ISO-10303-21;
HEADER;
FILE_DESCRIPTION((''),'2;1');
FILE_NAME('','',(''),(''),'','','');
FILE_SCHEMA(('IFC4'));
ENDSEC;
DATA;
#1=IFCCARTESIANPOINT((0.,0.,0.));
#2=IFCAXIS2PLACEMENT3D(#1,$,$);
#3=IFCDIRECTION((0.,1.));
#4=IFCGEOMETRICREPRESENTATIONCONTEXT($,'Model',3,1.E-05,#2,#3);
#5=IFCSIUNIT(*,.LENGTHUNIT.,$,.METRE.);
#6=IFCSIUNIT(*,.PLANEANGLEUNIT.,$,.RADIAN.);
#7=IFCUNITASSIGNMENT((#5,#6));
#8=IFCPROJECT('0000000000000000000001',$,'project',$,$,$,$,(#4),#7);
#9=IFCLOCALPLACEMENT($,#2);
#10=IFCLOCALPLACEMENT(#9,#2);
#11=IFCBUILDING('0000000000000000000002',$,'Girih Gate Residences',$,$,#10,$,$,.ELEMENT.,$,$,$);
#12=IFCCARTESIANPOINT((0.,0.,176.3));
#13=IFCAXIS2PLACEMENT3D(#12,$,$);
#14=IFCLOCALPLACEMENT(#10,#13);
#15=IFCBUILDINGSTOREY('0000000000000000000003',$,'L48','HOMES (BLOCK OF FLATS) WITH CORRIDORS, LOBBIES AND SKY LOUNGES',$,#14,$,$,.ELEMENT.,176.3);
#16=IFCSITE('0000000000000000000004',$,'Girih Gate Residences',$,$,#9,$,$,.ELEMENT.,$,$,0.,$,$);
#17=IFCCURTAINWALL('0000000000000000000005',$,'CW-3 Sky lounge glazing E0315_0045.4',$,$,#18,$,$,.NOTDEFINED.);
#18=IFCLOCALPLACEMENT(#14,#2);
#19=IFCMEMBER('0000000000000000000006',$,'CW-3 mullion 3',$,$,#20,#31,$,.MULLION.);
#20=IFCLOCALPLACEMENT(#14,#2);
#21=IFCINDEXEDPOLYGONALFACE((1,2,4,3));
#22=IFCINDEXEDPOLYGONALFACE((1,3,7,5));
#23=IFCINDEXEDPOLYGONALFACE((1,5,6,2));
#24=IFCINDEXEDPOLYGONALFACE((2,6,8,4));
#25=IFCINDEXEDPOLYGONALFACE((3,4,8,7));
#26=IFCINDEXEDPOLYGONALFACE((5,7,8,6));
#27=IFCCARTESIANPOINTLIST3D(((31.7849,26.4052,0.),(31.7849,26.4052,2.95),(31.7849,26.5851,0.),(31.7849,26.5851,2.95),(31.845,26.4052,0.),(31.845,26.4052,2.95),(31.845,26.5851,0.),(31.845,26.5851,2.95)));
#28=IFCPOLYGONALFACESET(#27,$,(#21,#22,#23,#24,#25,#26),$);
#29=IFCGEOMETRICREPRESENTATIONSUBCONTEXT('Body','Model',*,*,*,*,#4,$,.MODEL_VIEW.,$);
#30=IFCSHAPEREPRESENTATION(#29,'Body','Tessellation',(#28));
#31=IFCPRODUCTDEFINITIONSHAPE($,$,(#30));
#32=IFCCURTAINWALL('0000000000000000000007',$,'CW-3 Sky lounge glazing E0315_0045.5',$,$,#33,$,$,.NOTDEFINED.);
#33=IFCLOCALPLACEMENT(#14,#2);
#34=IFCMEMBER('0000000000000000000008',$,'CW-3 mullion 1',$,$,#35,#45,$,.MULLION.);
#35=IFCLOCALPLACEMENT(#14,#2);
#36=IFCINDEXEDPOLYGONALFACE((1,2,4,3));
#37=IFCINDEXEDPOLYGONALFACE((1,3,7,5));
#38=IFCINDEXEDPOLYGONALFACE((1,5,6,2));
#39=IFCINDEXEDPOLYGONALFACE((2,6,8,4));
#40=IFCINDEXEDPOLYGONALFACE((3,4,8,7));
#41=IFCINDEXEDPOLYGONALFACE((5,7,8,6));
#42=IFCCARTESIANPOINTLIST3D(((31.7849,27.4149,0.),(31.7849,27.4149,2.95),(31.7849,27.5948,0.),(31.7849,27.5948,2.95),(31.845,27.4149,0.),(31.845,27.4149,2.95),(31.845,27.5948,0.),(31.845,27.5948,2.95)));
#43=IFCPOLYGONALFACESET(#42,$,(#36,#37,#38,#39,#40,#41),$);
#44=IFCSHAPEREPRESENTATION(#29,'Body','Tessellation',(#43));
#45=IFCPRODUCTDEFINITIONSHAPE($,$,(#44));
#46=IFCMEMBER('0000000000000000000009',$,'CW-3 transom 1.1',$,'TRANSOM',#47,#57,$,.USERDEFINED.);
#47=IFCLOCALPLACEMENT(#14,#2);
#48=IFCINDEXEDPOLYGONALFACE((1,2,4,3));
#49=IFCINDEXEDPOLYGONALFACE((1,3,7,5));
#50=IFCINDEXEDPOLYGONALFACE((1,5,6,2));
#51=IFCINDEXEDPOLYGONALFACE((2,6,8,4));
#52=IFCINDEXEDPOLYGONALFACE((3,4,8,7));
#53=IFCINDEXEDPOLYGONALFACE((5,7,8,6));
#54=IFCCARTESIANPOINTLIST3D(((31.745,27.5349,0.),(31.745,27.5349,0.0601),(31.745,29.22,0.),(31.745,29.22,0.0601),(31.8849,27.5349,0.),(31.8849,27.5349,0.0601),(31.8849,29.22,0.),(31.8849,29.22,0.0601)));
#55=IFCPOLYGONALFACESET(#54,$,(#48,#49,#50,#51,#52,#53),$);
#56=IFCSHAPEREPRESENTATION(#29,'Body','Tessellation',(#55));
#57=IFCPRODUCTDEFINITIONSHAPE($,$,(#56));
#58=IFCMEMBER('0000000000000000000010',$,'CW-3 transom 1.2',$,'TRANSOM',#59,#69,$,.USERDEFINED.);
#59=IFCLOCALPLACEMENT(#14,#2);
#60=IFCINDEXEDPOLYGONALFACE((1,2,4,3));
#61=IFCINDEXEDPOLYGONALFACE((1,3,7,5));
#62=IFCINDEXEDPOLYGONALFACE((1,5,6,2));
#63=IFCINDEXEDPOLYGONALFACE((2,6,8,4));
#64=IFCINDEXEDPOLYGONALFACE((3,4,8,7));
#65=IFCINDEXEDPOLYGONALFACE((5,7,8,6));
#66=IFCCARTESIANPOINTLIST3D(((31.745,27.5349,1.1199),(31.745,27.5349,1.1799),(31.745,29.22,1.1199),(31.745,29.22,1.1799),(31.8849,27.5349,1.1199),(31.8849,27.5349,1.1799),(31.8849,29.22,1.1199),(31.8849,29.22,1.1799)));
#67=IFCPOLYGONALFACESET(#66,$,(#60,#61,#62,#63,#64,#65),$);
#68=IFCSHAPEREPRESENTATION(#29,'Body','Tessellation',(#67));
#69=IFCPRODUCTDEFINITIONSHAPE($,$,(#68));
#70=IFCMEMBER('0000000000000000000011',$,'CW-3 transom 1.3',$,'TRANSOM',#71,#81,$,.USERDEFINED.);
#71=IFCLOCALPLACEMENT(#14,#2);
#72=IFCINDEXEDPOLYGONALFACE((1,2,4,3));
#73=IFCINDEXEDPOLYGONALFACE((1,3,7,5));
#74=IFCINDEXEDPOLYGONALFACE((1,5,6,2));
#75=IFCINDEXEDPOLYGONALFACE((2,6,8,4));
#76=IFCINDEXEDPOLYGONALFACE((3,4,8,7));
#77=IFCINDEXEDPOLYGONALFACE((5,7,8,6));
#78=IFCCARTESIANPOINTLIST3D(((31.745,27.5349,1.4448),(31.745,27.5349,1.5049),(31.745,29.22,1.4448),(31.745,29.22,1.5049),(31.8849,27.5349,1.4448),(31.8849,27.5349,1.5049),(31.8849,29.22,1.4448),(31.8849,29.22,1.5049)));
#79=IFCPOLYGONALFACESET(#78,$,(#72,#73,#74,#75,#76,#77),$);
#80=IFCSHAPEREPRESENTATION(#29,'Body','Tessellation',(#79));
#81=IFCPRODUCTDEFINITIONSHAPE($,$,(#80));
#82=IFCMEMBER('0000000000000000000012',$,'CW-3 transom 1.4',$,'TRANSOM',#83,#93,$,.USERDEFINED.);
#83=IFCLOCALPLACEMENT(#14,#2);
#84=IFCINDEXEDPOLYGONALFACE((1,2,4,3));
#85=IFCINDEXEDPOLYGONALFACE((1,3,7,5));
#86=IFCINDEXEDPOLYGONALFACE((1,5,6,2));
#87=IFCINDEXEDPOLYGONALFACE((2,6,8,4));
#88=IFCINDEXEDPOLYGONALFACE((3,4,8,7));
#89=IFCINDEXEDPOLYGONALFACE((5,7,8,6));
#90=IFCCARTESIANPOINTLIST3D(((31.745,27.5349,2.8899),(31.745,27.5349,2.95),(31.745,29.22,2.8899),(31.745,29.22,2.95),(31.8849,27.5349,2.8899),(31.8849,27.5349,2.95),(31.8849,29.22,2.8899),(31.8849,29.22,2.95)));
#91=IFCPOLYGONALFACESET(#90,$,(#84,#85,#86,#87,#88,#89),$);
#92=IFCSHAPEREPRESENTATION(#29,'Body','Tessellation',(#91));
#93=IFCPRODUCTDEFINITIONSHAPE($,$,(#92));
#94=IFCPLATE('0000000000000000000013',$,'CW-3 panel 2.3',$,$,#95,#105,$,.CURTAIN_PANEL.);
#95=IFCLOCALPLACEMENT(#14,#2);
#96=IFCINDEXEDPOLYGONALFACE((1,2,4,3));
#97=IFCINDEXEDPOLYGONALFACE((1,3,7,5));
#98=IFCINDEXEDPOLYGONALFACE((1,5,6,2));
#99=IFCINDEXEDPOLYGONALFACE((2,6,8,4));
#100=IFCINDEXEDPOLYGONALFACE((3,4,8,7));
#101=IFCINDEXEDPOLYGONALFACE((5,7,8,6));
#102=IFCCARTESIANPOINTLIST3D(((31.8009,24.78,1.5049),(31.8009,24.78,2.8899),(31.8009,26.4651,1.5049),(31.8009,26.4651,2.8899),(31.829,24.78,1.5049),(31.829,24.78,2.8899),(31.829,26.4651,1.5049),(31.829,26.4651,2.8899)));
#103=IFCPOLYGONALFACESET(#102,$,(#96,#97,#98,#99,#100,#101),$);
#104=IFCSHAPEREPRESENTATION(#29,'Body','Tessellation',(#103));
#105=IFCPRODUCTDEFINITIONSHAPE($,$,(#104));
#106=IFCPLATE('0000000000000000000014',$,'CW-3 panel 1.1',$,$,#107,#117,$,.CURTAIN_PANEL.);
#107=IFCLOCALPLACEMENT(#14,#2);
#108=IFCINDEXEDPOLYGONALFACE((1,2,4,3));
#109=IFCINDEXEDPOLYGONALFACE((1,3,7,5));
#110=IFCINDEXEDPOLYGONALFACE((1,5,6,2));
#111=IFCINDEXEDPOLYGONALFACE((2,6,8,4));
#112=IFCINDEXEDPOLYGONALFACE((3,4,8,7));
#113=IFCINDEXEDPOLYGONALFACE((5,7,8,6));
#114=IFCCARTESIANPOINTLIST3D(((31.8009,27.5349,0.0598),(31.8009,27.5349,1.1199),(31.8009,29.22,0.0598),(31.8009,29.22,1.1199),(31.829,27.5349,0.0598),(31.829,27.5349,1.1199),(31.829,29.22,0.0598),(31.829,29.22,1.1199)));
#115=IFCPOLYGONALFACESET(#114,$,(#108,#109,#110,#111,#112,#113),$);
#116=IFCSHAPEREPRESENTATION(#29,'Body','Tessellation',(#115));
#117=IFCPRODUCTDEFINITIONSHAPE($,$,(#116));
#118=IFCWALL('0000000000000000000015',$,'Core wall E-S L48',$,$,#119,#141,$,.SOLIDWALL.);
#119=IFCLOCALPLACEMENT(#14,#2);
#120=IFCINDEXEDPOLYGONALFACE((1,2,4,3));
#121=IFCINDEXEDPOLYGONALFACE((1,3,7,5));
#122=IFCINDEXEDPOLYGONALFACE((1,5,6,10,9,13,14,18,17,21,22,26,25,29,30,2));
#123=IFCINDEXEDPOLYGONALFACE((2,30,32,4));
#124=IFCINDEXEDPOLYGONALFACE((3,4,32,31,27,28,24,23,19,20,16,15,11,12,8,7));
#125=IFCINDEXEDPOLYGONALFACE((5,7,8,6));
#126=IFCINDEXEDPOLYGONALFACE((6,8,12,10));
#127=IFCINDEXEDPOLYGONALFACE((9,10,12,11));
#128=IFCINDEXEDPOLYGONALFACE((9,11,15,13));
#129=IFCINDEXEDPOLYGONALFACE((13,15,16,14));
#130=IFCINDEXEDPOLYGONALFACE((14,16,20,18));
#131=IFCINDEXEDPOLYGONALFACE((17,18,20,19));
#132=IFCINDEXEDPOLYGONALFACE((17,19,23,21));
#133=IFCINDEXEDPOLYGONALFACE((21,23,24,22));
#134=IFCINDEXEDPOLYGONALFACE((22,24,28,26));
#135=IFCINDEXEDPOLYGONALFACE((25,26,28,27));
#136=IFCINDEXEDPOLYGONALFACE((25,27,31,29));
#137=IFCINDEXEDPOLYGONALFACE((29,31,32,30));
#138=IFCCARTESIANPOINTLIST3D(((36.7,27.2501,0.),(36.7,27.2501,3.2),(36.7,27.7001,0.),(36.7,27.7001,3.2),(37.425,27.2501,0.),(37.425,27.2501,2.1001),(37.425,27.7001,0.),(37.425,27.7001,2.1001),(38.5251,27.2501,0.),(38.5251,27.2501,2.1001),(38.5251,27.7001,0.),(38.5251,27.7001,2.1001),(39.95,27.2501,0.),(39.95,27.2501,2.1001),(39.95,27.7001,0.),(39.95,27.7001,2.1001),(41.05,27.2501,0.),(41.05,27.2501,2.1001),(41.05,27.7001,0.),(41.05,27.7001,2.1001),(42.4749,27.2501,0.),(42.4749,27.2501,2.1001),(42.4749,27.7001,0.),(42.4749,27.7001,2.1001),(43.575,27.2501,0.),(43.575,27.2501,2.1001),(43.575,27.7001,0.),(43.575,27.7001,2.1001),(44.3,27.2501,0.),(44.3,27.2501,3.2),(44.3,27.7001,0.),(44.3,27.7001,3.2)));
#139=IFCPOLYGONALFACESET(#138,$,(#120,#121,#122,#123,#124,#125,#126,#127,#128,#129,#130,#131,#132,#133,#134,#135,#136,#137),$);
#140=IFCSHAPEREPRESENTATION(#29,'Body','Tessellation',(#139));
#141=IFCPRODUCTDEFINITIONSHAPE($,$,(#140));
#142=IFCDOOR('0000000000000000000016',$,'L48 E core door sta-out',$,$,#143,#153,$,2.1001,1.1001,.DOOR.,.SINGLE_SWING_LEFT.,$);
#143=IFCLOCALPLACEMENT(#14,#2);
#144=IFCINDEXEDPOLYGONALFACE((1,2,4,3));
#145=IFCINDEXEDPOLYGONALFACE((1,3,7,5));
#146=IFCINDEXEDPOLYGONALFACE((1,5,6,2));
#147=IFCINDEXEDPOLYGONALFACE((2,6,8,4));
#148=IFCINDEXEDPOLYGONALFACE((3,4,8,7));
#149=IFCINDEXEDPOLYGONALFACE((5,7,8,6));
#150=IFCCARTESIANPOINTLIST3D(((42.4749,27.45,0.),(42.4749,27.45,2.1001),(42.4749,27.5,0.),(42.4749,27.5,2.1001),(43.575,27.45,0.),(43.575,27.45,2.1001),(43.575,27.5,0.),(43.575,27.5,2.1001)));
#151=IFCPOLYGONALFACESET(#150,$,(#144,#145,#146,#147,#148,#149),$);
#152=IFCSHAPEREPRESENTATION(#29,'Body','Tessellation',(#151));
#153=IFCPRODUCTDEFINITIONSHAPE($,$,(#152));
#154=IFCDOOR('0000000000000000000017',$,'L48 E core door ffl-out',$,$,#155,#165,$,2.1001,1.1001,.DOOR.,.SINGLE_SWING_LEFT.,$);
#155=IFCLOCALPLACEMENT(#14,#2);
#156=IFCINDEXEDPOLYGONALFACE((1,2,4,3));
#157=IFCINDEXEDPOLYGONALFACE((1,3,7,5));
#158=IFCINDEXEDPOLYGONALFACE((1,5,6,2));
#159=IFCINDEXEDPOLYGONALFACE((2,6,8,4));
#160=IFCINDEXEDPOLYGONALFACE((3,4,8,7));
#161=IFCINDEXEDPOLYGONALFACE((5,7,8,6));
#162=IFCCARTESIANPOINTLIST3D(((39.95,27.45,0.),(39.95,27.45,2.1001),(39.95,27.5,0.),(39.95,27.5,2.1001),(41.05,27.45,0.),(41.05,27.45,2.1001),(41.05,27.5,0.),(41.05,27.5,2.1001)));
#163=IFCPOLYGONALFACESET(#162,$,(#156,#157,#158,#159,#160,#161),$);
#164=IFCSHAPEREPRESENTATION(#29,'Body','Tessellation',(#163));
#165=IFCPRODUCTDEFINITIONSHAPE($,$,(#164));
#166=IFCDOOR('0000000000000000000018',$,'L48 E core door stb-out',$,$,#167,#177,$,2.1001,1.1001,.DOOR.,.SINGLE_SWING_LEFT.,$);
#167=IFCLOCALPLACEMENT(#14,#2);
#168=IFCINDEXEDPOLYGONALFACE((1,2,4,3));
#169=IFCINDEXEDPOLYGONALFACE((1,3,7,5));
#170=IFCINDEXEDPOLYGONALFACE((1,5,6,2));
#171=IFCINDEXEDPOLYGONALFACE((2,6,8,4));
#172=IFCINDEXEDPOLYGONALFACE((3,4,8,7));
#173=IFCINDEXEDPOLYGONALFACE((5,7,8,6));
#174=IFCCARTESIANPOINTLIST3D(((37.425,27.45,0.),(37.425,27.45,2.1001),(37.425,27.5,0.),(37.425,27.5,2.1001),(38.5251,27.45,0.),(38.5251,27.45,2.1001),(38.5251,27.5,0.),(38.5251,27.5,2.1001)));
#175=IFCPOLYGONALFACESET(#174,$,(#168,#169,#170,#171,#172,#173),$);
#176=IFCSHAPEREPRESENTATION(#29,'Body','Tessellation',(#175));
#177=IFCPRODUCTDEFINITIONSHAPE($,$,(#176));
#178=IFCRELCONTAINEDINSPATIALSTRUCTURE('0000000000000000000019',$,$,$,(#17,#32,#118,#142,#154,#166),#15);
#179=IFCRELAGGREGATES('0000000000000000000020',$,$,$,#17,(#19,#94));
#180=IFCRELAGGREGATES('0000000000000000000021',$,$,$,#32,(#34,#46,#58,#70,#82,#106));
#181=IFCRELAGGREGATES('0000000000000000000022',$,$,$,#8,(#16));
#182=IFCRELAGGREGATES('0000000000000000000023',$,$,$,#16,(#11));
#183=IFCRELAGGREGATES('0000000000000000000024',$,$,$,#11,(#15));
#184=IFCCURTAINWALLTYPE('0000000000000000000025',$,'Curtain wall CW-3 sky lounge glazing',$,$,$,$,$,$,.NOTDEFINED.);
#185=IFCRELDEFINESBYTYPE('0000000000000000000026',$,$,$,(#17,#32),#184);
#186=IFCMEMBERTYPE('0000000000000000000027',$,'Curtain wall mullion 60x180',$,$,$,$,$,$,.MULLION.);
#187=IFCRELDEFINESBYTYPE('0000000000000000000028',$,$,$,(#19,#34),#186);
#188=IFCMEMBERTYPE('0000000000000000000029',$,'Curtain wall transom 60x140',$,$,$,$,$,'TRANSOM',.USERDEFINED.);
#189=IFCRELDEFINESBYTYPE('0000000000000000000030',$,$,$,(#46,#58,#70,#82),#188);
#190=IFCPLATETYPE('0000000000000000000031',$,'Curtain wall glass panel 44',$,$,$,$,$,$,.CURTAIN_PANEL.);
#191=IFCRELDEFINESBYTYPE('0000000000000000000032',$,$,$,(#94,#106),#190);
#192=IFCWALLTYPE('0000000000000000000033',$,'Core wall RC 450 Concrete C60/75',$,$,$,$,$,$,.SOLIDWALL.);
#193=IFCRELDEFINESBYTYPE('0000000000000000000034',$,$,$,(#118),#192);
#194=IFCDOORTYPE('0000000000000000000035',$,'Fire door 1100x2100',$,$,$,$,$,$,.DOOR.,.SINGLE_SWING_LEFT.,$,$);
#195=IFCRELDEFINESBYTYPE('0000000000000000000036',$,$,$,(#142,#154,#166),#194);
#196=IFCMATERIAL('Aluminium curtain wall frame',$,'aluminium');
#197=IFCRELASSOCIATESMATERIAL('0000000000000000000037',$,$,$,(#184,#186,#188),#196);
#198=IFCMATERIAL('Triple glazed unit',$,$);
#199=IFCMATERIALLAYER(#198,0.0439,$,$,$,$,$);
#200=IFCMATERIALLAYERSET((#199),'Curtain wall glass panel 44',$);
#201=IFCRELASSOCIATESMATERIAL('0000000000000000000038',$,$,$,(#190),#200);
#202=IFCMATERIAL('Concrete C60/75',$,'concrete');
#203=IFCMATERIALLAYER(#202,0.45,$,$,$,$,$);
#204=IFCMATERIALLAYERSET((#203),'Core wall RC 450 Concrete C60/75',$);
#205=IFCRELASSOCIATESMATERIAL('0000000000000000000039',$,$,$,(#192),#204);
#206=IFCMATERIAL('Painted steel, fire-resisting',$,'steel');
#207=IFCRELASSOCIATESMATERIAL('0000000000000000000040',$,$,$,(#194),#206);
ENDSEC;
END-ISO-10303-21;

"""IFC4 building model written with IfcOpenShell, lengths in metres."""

from ifc_helpers import new_model, si_unit, direction, frame, frame_2d, origin, origin_2d, place, context, subcontext, project, spatial, rectangle, extrude, material, layer, layer_set, material_profile, profile_set, type_object, element, fill, aggregate, save


model = new_model("IFC4")

# Units and contexts
model_context = context("Model", 3, precision=1e-05, world=origin(), true_north=direction((0.0, 1.0)))
body_context = subcontext(model_context, "Body", "Model", "MODEL_VIEW")
ifc_project = project(units=[si_unit("LENGTHUNIT", "METRE"), si_unit("PLANEANGLEUNIT", "RADIAN")], contexts=[model_context])

# Site, building, storey
site_placement = place(None, origin())
site = spatial("IfcSite", under=ifc_project, at=site_placement, Name="Girih Gate Residences", CompositionType="ELEMENT", RefElevation=0.0)
building_placement = place(site_placement, origin())
building = spatial("IfcBuilding", under=site, at=building_placement, Name="Girih Gate Residences", CompositionType="ELEMENT")
storey_placement = place(building_placement, frame((0.0, 0.0, 176.3)))
storey = spatial("IfcBuildingStorey", under=building, at=storey_placement, Name="L48", Description="HOMES (BLOCK OF FLATS) WITH CORRIDORS, LOBBIES AND SKY LOUNGES", CompositionType="ELEMENT", Elevation=176.3)

# Curtain wall, member
ifc_material_1 = material(Name="Aluminium curtain wall frame", Category="aluminium")
curtain_wall_type = type_object("IfcCurtainWallType", Name="Curtain wall CW-3 sky lounge glazing", PredefinedType="NOTDEFINED", material=ifc_material_1)
curtain_wall_1_placement = place(storey_placement, origin())
curtain_wall_1 = element("IfcCurtainWall", 1, at=curtain_wall_1_placement, inside=storey, type_object=curtain_wall_type, Name="CW-3 Sky lounge glazing E0315_0045.4", PredefinedType="NOTDEFINED")
ifc_material_profile_1 = material_profile(ifc_material_1, rectangle(XDim=0.0601, YDim=0.1799, at=origin_2d()))
ifc_profile_set_1 = profile_set([ifc_material_profile_1], Name="Aluminium curtain wall frame")
member_type_1 = type_object("IfcMemberType", Name="Curtain wall mullion 60x180", PredefinedType="MULLION", material=ifc_profile_set_1)
member_1_placement = place(storey_placement, frame((31.8149, 26.4951, 0.0), z_axis=(0.0, 0.0, 1.0), x_axis=(-1.0, 0.0, 0.0)))
member_1 = element("IfcMember", 2, at=member_1_placement, type_object=member_type_1, Name="CW-3 mullion 3", PredefinedType="MULLION", context=body_context, shape_type="SweptSolid", body=[
    extrude(rectangle(XDim=0.0601, YDim=0.1799, at=origin_2d()), origin(), (0.0, 0.0, 1.0), 2.95),
])

# Curtain wall, members
curtain_wall_2_placement = place(storey_placement, origin())
curtain_wall_2 = element("IfcCurtainWall", 3, at=curtain_wall_2_placement, inside=storey, type_object=curtain_wall_type, Name="CW-3 Sky lounge glazing E0315_0045.5", PredefinedType="NOTDEFINED")
member_2_placement = place(storey_placement, frame((31.8149, 27.5049, 0.0), z_axis=(0.0, 0.0, 1.0), x_axis=(-1.0, 0.0, 0.0)))
member_2 = element("IfcMember", 4, at=member_2_placement, type_object=member_type_1, Name="CW-3 mullion 1", PredefinedType="MULLION", context=body_context, shape_type="SweptSolid", body=[
    extrude(rectangle(XDim=0.0601, YDim=0.1799, at=origin_2d()), origin(), (0.0, 0.0, 1.0), 2.95),
])
ifc_material_profile_2 = material_profile(ifc_material_1, rectangle(XDim=0.1399, YDim=0.0601, at=origin_2d()))
ifc_profile_set_2 = profile_set([ifc_material_profile_2], Name="Aluminium curtain wall frame")
member_type_2 = type_object("IfcMemberType", Name="Curtain wall transom 60x140", ElementType="TRANSOM", PredefinedType="USERDEFINED", material=ifc_profile_set_2)
member_3_placement = place(storey_placement, frame((31.8149, 27.5349, 0.03), z_axis=(0.0, 1.0, 0.0), x_axis=(-1.0, 0.0, 0.0)))
member_3 = element("IfcMember", 5, at=member_3_placement, type_object=member_type_2, Name="CW-3 transom 1.1", ObjectType="TRANSOM", PredefinedType="USERDEFINED", context=body_context, shape_type="SweptSolid", body=[
    extrude(rectangle(XDim=0.1399, YDim=0.0601, at=origin_2d()), origin(), (0.0, 0.0, 1.0), 1.6851),
])
member_4_placement = place(storey_placement, frame((31.8149, 27.5349, 1.1499), z_axis=(0.0, 1.0, 0.0), x_axis=(-1.0, 0.0, 0.0)))
member_4 = element("IfcMember", 6, at=member_4_placement, type_object=member_type_2, Name="CW-3 transom 1.2", ObjectType="TRANSOM", PredefinedType="USERDEFINED", context=body_context, shape_type="SweptSolid", body=[
    extrude(rectangle(XDim=0.1399, YDim=0.0601, at=origin_2d()), origin(), (0.0, 0.0, 1.0), 1.6851),
])
member_5_placement = place(storey_placement, frame((31.8149, 27.5349, 1.4749), z_axis=(0.0, 1.0, 0.0), x_axis=(-1.0, 0.0, 0.0)))
member_5 = element("IfcMember", 7, at=member_5_placement, type_object=member_type_2, Name="CW-3 transom 1.3", ObjectType="TRANSOM", PredefinedType="USERDEFINED", context=body_context, shape_type="SweptSolid", body=[
    extrude(rectangle(XDim=0.1399, YDim=0.0601, at=origin_2d()), origin(), (0.0, 0.0, 1.0), 1.6851),
])
member_6_placement = place(storey_placement, frame((31.8149, 27.5349, 2.9199), z_axis=(0.0, 1.0, 0.0), x_axis=(-1.0, 0.0, 0.0)))
member_6 = element("IfcMember", 8, at=member_6_placement, type_object=member_type_2, Name="CW-3 transom 1.4", ObjectType="TRANSOM", PredefinedType="USERDEFINED", context=body_context, shape_type="SweptSolid", body=[
    extrude(rectangle(XDim=0.1399, YDim=0.0601, at=origin_2d()), origin(), (0.0, 0.0, 1.0), 1.6851),
])

# Plates
ifc_material_2 = material(Name="Triple glazed unit")
ifc_layer_1 = layer(ifc_material_2, 0.0439)
ifc_layer_set_1 = layer_set([ifc_layer_1], Name="Curtain wall glass panel 44")
plate_type = type_object("IfcPlateType", Name="Curtain wall glass panel 44", PredefinedType="CURTAIN_PANEL", material=ifc_layer_set_1)
plate_1_placement = place(storey_placement, frame((31.8149, 25.6226, 1.5049), z_axis=(0.0, 0.0, 1.0), x_axis=(0.0, 1.0, 0.0)))
plate_1 = element("IfcPlate", 9, at=plate_1_placement, type_object=plate_type, Name="CW-3 panel 2.3", PredefinedType="CURTAIN_PANEL", context=body_context, shape_type="SweptSolid", body=[
    extrude(rectangle(XDim=1.6851, YDim=0.0281, at=origin_2d()), origin(), (0.0, 0.0, 1.0), 1.385),
])
aggregate(curtain_wall_1, [member_1, plate_1])
plate_2_placement = place(storey_placement, frame((31.8149, 28.3774, 0.0598), z_axis=(0.0, 0.0, 1.0), x_axis=(0.0, 1.0, 0.0)))
plate_2 = element("IfcPlate", 10, at=plate_2_placement, type_object=plate_type, Name="CW-3 panel 1.1", PredefinedType="CURTAIN_PANEL", context=body_context, shape_type="SweptSolid", body=[
    extrude(rectangle(XDim=1.6851, YDim=0.0281, at=origin_2d()), origin(), (0.0, 0.0, 1.0), 1.0601),
])
aggregate(curtain_wall_2, [member_2, member_3, member_4, member_5, member_6, plate_2])

# Wall, openings, doors
ifc_material_3 = material(Name="Concrete C60/75", Category="concrete")
ifc_layer_2 = layer(ifc_material_3, 0.45)
ifc_layer_set_2 = layer_set([ifc_layer_2], Name="Core wall RC 450 Concrete C60/75")
wall_type_1 = type_object("IfcWallType", Name="Core wall RC 450 Concrete C60/75", PredefinedType="SOLIDWALL", material=ifc_layer_set_2)
wall_1_placement = place(storey_placement, frame((36.7, 27.4751, 0.0), z_axis=(0.0, 0.0, 1.0), x_axis=(1.0, 0.0, 0.0)))
wall_1 = element("IfcWall", 11, at=wall_1_placement, inside=storey, type_object=wall_type_1, Name="Core wall E-S L48", PredefinedType="SOLIDWALL", context=body_context, shape_type="SweptSolid", body=[
    extrude(rectangle(XDim=7.6001, YDim=0.45, at=frame_2d((3.8, 0.0))), origin(), (0.0, 0.0, 1.0), 3.2),
])
opening_1_placement = place(wall_1_placement, frame((5.7749, 0.0, 0.0)))
opening_1 = element("IfcOpeningElement", 12, at=opening_1_placement, cuts=wall_1, PredefinedType="OPENING", context=body_context, shape_type="SweptSolid", body=[
    extrude(rectangle(XDim=1.1001, YDim=2.1001, at=frame_2d((0.55, 1.05))), frame((0.0, 0.2349, 0.0), z_axis=(0.0, -1.0, 0.0), x_axis=(1.0, 0.0, 0.0)), (0.0, 0.0, 1.0), 0.47),
])
opening_2_placement = place(wall_1_placement, frame((3.25, 0.0, 0.0)))
opening_2 = element("IfcOpeningElement", 13, at=opening_2_placement, cuts=wall_1, PredefinedType="OPENING", context=body_context, shape_type="SweptSolid", body=[
    extrude(rectangle(XDim=1.1001, YDim=2.1001, at=frame_2d((0.55, 1.05))), frame((0.0, 0.2349, 0.0), z_axis=(0.0, -1.0, 0.0), x_axis=(1.0, 0.0, 0.0)), (0.0, 0.0, 1.0), 0.47),
])
opening_3_placement = place(wall_1_placement, frame((0.7251, 0.0, 0.0)))
opening_3 = element("IfcOpeningElement", 14, at=opening_3_placement, cuts=wall_1, PredefinedType="OPENING", context=body_context, shape_type="SweptSolid", body=[
    extrude(rectangle(XDim=1.1001, YDim=2.1001, at=frame_2d((0.55, 1.05))), frame((0.0, 0.2349, 0.0), z_axis=(0.0, -1.0, 0.0), x_axis=(1.0, 0.0, 0.0)), (0.0, 0.0, 1.0), 0.47),
])
ifc_material_4 = material(Name="Painted steel, fire-resisting", Category="steel")
door_type_1 = type_object("IfcDoorType", Name="Fire door 1100x2100", OperationType="SINGLE_SWING_LEFT", PredefinedType="DOOR", material=ifc_material_4)
door_1_placement = place(opening_1_placement, origin())
door_1 = element("IfcDoor", 15, at=door_1_placement, inside=storey, type_object=door_type_1, Name="L48 E core door sta-out", OperationType="SINGLE_SWING_LEFT", OverallHeight=2.1001, OverallWidth=1.1001, PredefinedType="DOOR", context=body_context, shape_type="SweptSolid", body=[
    extrude(rectangle(XDim=1.1001, YDim=2.1001, at=frame_2d((0.55, 1.05))), frame((0.0, 0.0249, 0.0), z_axis=(0.0, -1.0, 0.0), x_axis=(1.0, 0.0, 0.0)), (0.0, 0.0, 1.0), 0.05),
])
fill(opening_1, door_1)
door_2_placement = place(opening_2_placement, origin())
door_2 = element("IfcDoor", 16, at=door_2_placement, inside=storey, type_object=door_type_1, Name="L48 E core door ffl-out", OperationType="SINGLE_SWING_LEFT", OverallHeight=2.1001, OverallWidth=1.1001, PredefinedType="DOOR", context=body_context, shape_type="SweptSolid", body=[
    extrude(rectangle(XDim=1.1001, YDim=2.1001, at=frame_2d((0.55, 1.05))), frame((0.0, 0.0249, 0.0), z_axis=(0.0, -1.0, 0.0), x_axis=(1.0, 0.0, 0.0)), (0.0, 0.0, 1.0), 0.05),
])
fill(opening_2, door_2)
door_3_placement = place(opening_3_placement, origin())
door_3 = element("IfcDoor", 17, at=door_3_placement, inside=storey, type_object=door_type_1, Name="L48 E core door stb-out", OperationType="SINGLE_SWING_LEFT", OverallHeight=2.1001, OverallWidth=1.1001, PredefinedType="DOOR", context=body_context, shape_type="SweptSolid", body=[
    extrude(rectangle(XDim=1.1001, YDim=2.1001, at=frame_2d((0.55, 1.05))), frame((0.0, 0.0249, 0.0), z_axis=(0.0, -1.0, 0.0), x_axis=(1.0, 0.0, 0.0)), (0.0, 0.0, 1.0), 0.05),
])
fill(opening_3, door_3)

save(model, "model.ifc")
